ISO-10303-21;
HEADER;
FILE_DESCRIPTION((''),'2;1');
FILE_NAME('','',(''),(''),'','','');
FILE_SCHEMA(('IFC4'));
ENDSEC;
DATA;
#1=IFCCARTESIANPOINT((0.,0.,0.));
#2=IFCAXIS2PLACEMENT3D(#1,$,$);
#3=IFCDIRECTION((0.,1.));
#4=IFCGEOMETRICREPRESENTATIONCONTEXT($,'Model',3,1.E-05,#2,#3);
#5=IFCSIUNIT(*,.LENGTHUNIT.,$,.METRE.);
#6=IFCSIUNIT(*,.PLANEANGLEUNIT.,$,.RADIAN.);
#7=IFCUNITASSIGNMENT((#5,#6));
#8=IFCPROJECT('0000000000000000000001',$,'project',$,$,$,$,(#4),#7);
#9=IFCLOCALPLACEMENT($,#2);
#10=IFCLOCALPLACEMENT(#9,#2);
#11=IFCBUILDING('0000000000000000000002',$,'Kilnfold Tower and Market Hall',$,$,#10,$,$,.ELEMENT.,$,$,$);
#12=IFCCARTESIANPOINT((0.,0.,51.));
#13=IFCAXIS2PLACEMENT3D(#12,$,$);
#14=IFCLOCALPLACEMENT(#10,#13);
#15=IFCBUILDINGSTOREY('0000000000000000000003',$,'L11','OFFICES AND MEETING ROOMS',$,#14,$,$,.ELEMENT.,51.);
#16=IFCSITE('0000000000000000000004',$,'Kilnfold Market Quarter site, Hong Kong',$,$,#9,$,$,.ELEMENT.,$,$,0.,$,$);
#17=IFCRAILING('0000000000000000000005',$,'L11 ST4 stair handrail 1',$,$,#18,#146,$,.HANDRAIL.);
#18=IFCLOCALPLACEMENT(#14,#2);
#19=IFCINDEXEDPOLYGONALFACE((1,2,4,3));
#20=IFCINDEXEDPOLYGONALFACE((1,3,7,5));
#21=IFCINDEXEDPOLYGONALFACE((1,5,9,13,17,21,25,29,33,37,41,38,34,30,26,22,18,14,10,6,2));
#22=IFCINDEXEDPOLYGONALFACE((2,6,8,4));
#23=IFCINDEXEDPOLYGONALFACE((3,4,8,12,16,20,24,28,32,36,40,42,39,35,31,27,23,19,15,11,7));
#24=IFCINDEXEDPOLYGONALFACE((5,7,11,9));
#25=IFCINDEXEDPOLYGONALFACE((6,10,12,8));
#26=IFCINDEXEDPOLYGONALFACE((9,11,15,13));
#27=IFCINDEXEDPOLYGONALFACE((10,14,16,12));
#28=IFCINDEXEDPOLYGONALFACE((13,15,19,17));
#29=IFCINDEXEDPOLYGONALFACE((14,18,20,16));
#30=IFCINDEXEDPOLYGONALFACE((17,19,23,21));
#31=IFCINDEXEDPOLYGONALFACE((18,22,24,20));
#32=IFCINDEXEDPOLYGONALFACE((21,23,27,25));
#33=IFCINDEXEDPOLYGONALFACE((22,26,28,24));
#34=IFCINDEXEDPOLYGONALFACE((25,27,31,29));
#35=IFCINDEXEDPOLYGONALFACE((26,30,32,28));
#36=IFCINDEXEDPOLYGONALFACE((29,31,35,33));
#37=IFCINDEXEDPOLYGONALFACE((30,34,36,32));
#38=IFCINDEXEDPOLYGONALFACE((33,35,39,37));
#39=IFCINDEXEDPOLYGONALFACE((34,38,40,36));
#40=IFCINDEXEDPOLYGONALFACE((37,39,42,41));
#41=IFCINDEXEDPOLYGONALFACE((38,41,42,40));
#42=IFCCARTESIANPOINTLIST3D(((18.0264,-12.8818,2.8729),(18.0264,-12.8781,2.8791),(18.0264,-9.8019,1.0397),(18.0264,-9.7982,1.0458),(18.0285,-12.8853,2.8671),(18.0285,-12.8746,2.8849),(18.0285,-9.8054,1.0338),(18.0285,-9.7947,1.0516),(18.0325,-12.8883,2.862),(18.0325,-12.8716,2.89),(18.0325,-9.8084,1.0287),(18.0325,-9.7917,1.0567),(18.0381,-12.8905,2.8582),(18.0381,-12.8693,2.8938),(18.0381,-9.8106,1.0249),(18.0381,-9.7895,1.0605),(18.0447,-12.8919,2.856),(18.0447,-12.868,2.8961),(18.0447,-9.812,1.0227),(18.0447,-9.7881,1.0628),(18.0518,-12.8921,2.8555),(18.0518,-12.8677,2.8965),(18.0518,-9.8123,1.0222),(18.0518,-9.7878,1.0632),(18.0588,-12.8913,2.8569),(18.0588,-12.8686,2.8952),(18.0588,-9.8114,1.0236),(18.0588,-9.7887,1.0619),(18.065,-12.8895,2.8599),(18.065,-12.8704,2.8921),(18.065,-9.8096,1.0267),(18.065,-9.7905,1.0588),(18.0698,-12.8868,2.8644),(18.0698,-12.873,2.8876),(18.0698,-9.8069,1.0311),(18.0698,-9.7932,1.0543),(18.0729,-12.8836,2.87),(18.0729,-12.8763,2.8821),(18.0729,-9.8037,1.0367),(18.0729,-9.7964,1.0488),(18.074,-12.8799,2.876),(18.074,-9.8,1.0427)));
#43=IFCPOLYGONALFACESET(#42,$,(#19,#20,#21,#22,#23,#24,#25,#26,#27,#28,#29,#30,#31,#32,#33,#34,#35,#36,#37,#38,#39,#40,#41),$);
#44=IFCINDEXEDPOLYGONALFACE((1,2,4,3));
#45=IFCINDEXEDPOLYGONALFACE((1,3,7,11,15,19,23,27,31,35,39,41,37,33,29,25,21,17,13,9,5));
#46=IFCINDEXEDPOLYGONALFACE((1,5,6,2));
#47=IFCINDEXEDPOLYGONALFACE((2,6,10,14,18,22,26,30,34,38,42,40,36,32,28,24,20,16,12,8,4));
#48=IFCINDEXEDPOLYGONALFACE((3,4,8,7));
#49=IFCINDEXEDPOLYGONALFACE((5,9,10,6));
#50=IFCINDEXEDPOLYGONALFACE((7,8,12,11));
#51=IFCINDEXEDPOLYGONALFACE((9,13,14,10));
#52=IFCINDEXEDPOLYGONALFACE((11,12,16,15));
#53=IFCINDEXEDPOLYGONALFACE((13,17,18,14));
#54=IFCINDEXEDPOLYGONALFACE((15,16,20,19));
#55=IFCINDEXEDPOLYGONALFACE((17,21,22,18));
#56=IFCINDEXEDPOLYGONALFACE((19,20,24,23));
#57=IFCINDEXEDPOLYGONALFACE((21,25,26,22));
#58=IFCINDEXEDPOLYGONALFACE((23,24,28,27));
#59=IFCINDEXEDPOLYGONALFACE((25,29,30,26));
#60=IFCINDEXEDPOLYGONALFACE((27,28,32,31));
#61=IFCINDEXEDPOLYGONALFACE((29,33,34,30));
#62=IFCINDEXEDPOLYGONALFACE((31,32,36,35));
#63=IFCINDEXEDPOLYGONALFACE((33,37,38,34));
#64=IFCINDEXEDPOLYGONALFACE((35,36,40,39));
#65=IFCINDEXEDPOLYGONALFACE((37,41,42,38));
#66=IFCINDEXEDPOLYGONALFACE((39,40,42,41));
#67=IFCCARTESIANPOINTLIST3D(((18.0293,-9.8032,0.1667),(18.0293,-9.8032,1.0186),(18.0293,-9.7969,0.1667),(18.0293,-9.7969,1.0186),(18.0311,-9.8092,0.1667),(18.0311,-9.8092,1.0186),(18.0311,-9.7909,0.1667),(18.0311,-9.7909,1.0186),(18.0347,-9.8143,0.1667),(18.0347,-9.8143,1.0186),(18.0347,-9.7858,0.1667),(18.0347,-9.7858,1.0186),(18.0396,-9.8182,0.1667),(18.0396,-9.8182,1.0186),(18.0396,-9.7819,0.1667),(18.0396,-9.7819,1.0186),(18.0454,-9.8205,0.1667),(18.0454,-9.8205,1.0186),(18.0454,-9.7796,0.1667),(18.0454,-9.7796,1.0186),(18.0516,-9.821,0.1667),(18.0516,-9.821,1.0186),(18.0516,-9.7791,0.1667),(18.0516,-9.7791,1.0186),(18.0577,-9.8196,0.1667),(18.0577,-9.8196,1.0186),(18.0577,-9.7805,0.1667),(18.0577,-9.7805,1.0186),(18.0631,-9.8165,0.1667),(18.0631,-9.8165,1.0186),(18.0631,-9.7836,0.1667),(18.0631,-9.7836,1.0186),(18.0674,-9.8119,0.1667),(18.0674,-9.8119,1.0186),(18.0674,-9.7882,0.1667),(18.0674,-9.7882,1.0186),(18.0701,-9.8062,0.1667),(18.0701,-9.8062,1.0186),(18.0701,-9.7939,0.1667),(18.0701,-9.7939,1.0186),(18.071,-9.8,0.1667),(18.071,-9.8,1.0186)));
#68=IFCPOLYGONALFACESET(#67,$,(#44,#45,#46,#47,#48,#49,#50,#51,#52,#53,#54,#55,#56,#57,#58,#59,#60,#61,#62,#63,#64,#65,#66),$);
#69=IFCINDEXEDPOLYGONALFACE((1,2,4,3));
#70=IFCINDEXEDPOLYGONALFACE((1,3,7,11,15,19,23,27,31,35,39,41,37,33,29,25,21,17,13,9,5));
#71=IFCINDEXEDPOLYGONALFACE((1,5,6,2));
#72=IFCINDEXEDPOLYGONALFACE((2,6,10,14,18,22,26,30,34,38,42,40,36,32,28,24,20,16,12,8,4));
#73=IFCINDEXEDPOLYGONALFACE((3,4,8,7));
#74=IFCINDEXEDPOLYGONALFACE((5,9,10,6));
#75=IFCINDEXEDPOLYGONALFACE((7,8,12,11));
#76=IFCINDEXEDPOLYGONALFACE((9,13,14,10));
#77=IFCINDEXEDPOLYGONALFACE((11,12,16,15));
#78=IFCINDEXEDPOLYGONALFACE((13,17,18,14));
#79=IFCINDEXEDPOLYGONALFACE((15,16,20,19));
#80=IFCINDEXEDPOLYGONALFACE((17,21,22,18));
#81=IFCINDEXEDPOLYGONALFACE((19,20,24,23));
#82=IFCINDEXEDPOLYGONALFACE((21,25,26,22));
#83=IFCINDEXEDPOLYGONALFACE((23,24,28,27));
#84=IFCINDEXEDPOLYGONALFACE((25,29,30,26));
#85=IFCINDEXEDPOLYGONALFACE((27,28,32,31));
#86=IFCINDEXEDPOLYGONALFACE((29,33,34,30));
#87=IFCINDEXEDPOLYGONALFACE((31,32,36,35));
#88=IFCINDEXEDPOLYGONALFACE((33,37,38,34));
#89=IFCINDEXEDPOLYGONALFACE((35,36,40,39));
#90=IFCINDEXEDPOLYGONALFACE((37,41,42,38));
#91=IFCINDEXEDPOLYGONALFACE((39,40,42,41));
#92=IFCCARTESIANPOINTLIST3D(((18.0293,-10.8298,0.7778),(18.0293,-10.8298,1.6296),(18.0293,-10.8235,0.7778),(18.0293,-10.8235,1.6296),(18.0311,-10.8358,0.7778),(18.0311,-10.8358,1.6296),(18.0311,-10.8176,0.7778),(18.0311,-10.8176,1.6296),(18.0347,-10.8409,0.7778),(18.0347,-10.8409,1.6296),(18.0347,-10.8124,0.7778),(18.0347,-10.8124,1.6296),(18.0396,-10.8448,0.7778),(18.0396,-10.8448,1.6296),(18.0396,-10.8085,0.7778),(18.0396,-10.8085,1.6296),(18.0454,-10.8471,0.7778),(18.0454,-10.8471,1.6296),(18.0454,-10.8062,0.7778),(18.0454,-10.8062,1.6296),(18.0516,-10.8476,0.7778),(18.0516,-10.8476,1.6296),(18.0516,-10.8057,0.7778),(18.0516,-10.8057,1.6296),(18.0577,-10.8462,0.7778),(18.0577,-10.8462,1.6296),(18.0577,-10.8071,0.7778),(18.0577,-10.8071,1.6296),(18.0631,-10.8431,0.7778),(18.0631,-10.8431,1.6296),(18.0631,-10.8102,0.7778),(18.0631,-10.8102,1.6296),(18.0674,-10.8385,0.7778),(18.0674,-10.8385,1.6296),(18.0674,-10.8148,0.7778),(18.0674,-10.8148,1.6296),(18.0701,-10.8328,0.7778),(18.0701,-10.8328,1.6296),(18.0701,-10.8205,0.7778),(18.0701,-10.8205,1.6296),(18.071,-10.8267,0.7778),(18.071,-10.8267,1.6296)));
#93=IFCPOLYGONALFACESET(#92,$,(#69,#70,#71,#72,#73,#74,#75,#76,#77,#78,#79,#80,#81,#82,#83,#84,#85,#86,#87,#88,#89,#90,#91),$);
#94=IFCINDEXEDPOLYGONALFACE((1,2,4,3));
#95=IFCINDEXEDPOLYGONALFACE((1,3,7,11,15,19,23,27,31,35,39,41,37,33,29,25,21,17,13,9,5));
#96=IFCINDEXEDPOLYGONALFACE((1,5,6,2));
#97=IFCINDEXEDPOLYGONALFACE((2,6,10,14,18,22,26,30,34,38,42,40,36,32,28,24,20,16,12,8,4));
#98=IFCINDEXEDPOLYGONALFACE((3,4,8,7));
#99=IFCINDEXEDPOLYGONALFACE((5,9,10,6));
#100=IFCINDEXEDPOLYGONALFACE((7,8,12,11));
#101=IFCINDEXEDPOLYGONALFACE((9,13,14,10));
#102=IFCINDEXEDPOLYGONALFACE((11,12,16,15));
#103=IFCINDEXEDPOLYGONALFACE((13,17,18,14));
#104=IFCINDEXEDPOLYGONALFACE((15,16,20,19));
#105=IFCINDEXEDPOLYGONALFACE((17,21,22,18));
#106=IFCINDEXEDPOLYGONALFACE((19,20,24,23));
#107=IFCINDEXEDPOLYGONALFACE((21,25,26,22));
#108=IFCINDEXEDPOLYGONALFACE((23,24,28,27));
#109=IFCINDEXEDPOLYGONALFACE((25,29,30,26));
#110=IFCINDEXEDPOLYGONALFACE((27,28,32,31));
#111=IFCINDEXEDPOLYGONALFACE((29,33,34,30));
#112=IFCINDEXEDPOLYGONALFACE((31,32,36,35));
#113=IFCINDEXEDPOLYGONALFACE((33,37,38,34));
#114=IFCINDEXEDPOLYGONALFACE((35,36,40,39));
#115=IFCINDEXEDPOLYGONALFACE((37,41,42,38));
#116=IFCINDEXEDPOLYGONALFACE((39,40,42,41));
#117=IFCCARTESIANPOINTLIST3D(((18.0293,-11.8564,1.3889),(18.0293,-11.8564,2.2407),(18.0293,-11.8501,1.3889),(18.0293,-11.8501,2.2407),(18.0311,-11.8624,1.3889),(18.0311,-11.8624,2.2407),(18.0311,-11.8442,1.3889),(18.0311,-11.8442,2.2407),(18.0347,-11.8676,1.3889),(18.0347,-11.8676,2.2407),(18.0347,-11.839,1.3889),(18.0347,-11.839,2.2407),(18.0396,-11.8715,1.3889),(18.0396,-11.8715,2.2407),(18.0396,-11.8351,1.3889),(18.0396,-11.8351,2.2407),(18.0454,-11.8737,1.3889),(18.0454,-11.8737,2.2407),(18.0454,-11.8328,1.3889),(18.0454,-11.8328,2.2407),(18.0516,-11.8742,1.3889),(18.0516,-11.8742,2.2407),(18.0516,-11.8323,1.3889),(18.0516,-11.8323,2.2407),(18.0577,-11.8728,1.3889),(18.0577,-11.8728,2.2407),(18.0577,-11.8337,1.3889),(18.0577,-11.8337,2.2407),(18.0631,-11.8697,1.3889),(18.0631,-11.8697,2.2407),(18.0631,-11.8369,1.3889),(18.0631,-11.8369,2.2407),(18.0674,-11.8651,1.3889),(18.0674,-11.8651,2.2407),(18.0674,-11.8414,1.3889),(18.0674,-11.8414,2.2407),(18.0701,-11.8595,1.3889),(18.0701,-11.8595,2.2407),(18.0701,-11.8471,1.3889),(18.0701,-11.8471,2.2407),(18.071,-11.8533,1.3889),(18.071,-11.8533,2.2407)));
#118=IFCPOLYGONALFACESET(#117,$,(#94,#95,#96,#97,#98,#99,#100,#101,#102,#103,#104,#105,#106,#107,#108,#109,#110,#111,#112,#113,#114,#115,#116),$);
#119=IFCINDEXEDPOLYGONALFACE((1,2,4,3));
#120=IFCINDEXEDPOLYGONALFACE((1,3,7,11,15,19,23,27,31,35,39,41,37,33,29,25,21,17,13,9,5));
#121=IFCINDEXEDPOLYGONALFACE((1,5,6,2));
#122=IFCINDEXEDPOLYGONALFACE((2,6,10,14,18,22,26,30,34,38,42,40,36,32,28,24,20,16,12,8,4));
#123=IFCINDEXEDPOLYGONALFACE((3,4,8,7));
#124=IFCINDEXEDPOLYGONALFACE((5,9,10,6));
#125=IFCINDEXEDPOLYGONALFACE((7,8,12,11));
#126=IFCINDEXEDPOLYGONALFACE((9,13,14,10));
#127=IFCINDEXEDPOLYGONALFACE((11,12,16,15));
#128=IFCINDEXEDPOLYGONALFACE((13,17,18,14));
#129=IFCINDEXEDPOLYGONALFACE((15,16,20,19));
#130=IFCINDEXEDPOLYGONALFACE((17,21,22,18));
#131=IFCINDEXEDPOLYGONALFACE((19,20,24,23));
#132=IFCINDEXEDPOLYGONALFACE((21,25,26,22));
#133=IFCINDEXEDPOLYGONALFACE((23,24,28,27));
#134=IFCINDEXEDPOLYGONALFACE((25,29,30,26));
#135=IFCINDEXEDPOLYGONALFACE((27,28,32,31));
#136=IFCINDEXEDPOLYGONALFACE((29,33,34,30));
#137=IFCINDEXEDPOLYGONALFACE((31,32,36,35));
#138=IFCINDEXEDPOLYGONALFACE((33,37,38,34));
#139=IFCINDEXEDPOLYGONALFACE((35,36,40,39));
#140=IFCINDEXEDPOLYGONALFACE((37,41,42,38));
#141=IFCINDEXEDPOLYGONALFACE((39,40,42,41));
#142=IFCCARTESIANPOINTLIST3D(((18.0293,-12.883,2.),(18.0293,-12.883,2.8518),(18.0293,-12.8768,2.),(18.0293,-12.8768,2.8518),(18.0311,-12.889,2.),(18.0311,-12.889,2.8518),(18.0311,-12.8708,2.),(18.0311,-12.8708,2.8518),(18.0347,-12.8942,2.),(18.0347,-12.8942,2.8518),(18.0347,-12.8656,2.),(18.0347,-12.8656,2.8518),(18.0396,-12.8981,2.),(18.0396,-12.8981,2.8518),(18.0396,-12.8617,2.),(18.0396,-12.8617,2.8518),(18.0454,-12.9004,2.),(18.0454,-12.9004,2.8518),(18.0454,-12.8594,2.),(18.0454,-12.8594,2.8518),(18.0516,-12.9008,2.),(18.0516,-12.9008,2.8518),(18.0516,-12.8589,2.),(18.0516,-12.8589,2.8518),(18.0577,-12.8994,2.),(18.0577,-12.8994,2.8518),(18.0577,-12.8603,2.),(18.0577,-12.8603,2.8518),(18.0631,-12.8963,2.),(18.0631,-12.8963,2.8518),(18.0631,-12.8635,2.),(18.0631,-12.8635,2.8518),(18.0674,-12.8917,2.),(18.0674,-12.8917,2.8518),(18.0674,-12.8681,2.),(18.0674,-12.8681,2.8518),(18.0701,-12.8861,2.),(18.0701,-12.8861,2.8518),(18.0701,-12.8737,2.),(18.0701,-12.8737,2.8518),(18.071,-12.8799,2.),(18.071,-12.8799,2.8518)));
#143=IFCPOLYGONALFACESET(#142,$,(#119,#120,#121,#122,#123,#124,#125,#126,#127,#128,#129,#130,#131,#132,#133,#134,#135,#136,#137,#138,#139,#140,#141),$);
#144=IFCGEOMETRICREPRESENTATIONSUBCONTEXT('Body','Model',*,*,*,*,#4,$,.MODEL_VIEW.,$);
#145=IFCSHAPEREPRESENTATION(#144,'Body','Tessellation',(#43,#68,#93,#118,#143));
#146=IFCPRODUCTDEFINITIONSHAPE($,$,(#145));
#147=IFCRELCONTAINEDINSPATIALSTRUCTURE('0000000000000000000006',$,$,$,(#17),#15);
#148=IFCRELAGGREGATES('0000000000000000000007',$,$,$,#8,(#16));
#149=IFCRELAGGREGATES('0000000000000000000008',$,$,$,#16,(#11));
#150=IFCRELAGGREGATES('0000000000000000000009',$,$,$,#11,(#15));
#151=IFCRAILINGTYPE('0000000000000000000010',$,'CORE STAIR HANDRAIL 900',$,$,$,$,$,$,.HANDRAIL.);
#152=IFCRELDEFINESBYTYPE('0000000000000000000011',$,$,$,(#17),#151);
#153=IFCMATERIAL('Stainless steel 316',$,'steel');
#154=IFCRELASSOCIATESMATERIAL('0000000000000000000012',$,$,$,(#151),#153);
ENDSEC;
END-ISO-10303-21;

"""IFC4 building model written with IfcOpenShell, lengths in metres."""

from ifc_helpers import new_model, si_unit, direction, frame, origin, origin_2d, place, context, subcontext, project, spatial, circle, extrude, material, type_object, element, save


model = new_model("IFC4")

# Units and contexts
model_context = context("Model", 3, precision=1e-05, world=origin(), true_north=direction((0.0, 1.0)))
body_context = subcontext(model_context, "Body", "Model", "MODEL_VIEW")
ifc_project = project(units=[si_unit("LENGTHUNIT", "METRE"), si_unit("PLANEANGLEUNIT", "RADIAN")], contexts=[model_context])

# Site, building, storey
site_placement = place(None, origin())
site = spatial("IfcSite", under=ifc_project, at=site_placement, Name="Kilnfold Market Quarter site, Hong Kong", CompositionType="ELEMENT", RefElevation=0.0)
building_placement = place(site_placement, origin())
building = spatial("IfcBuilding", under=site, at=building_placement, Name="Kilnfold Tower and Market Hall", CompositionType="ELEMENT")
storey_placement = place(building_placement, frame((0.0, 0.0, 51.0)))
storey = spatial("IfcBuildingStorey", under=building, at=storey_placement, Name="L11", Description="OFFICES AND MEETING ROOMS", CompositionType="ELEMENT", Elevation=51.0)

# Railing
ifc_material_1 = material(Name="Stainless steel 316", Category="steel")
railing_type_1 = type_object("IfcRailingType", Name="CORE STAIR HANDRAIL 900", PredefinedType="HANDRAIL", material=ifc_material_1)
railing_1_placement = place(storey_placement, frame((18.05, -9.8, 0.1667)))
element("IfcRailing", 1, at=railing_1_placement, inside=storey, type_object=railing_type_1, Name="L11 ST4 stair handrail 1", PredefinedType="HANDRAIL", context=body_context, shape_type="SweptSolid", body=[
    extrude(circle(Radius=0.0239, at=origin_2d()), frame((0.0, 0.0, 0.876), z_axis=(0.0, -0.859291, 0.511487), x_axis=(1.0, 0.0, 0.0)), (0.0, 0.0, 1.0), 3.5842),
    extrude(circle(Radius=0.021, at=origin_2d()), origin(), (0.0, 0.0, 1.0), 0.8518),
    extrude(circle(Radius=0.021, at=origin_2d()), frame((0.0, -1.0266, 0.6111)), (0.0, 0.0, 1.0), 0.8518),
    extrude(circle(Radius=0.021, at=origin_2d()), frame((0.0, -2.0532, 1.2222)), (0.0, 0.0, 1.0), 0.8518),
    extrude(circle(Radius=0.021, at=origin_2d()), frame((0.0, -3.0798, 1.8333)), (0.0, 0.0, 1.0), 0.8518),
])

save(model, "model.ifc")
